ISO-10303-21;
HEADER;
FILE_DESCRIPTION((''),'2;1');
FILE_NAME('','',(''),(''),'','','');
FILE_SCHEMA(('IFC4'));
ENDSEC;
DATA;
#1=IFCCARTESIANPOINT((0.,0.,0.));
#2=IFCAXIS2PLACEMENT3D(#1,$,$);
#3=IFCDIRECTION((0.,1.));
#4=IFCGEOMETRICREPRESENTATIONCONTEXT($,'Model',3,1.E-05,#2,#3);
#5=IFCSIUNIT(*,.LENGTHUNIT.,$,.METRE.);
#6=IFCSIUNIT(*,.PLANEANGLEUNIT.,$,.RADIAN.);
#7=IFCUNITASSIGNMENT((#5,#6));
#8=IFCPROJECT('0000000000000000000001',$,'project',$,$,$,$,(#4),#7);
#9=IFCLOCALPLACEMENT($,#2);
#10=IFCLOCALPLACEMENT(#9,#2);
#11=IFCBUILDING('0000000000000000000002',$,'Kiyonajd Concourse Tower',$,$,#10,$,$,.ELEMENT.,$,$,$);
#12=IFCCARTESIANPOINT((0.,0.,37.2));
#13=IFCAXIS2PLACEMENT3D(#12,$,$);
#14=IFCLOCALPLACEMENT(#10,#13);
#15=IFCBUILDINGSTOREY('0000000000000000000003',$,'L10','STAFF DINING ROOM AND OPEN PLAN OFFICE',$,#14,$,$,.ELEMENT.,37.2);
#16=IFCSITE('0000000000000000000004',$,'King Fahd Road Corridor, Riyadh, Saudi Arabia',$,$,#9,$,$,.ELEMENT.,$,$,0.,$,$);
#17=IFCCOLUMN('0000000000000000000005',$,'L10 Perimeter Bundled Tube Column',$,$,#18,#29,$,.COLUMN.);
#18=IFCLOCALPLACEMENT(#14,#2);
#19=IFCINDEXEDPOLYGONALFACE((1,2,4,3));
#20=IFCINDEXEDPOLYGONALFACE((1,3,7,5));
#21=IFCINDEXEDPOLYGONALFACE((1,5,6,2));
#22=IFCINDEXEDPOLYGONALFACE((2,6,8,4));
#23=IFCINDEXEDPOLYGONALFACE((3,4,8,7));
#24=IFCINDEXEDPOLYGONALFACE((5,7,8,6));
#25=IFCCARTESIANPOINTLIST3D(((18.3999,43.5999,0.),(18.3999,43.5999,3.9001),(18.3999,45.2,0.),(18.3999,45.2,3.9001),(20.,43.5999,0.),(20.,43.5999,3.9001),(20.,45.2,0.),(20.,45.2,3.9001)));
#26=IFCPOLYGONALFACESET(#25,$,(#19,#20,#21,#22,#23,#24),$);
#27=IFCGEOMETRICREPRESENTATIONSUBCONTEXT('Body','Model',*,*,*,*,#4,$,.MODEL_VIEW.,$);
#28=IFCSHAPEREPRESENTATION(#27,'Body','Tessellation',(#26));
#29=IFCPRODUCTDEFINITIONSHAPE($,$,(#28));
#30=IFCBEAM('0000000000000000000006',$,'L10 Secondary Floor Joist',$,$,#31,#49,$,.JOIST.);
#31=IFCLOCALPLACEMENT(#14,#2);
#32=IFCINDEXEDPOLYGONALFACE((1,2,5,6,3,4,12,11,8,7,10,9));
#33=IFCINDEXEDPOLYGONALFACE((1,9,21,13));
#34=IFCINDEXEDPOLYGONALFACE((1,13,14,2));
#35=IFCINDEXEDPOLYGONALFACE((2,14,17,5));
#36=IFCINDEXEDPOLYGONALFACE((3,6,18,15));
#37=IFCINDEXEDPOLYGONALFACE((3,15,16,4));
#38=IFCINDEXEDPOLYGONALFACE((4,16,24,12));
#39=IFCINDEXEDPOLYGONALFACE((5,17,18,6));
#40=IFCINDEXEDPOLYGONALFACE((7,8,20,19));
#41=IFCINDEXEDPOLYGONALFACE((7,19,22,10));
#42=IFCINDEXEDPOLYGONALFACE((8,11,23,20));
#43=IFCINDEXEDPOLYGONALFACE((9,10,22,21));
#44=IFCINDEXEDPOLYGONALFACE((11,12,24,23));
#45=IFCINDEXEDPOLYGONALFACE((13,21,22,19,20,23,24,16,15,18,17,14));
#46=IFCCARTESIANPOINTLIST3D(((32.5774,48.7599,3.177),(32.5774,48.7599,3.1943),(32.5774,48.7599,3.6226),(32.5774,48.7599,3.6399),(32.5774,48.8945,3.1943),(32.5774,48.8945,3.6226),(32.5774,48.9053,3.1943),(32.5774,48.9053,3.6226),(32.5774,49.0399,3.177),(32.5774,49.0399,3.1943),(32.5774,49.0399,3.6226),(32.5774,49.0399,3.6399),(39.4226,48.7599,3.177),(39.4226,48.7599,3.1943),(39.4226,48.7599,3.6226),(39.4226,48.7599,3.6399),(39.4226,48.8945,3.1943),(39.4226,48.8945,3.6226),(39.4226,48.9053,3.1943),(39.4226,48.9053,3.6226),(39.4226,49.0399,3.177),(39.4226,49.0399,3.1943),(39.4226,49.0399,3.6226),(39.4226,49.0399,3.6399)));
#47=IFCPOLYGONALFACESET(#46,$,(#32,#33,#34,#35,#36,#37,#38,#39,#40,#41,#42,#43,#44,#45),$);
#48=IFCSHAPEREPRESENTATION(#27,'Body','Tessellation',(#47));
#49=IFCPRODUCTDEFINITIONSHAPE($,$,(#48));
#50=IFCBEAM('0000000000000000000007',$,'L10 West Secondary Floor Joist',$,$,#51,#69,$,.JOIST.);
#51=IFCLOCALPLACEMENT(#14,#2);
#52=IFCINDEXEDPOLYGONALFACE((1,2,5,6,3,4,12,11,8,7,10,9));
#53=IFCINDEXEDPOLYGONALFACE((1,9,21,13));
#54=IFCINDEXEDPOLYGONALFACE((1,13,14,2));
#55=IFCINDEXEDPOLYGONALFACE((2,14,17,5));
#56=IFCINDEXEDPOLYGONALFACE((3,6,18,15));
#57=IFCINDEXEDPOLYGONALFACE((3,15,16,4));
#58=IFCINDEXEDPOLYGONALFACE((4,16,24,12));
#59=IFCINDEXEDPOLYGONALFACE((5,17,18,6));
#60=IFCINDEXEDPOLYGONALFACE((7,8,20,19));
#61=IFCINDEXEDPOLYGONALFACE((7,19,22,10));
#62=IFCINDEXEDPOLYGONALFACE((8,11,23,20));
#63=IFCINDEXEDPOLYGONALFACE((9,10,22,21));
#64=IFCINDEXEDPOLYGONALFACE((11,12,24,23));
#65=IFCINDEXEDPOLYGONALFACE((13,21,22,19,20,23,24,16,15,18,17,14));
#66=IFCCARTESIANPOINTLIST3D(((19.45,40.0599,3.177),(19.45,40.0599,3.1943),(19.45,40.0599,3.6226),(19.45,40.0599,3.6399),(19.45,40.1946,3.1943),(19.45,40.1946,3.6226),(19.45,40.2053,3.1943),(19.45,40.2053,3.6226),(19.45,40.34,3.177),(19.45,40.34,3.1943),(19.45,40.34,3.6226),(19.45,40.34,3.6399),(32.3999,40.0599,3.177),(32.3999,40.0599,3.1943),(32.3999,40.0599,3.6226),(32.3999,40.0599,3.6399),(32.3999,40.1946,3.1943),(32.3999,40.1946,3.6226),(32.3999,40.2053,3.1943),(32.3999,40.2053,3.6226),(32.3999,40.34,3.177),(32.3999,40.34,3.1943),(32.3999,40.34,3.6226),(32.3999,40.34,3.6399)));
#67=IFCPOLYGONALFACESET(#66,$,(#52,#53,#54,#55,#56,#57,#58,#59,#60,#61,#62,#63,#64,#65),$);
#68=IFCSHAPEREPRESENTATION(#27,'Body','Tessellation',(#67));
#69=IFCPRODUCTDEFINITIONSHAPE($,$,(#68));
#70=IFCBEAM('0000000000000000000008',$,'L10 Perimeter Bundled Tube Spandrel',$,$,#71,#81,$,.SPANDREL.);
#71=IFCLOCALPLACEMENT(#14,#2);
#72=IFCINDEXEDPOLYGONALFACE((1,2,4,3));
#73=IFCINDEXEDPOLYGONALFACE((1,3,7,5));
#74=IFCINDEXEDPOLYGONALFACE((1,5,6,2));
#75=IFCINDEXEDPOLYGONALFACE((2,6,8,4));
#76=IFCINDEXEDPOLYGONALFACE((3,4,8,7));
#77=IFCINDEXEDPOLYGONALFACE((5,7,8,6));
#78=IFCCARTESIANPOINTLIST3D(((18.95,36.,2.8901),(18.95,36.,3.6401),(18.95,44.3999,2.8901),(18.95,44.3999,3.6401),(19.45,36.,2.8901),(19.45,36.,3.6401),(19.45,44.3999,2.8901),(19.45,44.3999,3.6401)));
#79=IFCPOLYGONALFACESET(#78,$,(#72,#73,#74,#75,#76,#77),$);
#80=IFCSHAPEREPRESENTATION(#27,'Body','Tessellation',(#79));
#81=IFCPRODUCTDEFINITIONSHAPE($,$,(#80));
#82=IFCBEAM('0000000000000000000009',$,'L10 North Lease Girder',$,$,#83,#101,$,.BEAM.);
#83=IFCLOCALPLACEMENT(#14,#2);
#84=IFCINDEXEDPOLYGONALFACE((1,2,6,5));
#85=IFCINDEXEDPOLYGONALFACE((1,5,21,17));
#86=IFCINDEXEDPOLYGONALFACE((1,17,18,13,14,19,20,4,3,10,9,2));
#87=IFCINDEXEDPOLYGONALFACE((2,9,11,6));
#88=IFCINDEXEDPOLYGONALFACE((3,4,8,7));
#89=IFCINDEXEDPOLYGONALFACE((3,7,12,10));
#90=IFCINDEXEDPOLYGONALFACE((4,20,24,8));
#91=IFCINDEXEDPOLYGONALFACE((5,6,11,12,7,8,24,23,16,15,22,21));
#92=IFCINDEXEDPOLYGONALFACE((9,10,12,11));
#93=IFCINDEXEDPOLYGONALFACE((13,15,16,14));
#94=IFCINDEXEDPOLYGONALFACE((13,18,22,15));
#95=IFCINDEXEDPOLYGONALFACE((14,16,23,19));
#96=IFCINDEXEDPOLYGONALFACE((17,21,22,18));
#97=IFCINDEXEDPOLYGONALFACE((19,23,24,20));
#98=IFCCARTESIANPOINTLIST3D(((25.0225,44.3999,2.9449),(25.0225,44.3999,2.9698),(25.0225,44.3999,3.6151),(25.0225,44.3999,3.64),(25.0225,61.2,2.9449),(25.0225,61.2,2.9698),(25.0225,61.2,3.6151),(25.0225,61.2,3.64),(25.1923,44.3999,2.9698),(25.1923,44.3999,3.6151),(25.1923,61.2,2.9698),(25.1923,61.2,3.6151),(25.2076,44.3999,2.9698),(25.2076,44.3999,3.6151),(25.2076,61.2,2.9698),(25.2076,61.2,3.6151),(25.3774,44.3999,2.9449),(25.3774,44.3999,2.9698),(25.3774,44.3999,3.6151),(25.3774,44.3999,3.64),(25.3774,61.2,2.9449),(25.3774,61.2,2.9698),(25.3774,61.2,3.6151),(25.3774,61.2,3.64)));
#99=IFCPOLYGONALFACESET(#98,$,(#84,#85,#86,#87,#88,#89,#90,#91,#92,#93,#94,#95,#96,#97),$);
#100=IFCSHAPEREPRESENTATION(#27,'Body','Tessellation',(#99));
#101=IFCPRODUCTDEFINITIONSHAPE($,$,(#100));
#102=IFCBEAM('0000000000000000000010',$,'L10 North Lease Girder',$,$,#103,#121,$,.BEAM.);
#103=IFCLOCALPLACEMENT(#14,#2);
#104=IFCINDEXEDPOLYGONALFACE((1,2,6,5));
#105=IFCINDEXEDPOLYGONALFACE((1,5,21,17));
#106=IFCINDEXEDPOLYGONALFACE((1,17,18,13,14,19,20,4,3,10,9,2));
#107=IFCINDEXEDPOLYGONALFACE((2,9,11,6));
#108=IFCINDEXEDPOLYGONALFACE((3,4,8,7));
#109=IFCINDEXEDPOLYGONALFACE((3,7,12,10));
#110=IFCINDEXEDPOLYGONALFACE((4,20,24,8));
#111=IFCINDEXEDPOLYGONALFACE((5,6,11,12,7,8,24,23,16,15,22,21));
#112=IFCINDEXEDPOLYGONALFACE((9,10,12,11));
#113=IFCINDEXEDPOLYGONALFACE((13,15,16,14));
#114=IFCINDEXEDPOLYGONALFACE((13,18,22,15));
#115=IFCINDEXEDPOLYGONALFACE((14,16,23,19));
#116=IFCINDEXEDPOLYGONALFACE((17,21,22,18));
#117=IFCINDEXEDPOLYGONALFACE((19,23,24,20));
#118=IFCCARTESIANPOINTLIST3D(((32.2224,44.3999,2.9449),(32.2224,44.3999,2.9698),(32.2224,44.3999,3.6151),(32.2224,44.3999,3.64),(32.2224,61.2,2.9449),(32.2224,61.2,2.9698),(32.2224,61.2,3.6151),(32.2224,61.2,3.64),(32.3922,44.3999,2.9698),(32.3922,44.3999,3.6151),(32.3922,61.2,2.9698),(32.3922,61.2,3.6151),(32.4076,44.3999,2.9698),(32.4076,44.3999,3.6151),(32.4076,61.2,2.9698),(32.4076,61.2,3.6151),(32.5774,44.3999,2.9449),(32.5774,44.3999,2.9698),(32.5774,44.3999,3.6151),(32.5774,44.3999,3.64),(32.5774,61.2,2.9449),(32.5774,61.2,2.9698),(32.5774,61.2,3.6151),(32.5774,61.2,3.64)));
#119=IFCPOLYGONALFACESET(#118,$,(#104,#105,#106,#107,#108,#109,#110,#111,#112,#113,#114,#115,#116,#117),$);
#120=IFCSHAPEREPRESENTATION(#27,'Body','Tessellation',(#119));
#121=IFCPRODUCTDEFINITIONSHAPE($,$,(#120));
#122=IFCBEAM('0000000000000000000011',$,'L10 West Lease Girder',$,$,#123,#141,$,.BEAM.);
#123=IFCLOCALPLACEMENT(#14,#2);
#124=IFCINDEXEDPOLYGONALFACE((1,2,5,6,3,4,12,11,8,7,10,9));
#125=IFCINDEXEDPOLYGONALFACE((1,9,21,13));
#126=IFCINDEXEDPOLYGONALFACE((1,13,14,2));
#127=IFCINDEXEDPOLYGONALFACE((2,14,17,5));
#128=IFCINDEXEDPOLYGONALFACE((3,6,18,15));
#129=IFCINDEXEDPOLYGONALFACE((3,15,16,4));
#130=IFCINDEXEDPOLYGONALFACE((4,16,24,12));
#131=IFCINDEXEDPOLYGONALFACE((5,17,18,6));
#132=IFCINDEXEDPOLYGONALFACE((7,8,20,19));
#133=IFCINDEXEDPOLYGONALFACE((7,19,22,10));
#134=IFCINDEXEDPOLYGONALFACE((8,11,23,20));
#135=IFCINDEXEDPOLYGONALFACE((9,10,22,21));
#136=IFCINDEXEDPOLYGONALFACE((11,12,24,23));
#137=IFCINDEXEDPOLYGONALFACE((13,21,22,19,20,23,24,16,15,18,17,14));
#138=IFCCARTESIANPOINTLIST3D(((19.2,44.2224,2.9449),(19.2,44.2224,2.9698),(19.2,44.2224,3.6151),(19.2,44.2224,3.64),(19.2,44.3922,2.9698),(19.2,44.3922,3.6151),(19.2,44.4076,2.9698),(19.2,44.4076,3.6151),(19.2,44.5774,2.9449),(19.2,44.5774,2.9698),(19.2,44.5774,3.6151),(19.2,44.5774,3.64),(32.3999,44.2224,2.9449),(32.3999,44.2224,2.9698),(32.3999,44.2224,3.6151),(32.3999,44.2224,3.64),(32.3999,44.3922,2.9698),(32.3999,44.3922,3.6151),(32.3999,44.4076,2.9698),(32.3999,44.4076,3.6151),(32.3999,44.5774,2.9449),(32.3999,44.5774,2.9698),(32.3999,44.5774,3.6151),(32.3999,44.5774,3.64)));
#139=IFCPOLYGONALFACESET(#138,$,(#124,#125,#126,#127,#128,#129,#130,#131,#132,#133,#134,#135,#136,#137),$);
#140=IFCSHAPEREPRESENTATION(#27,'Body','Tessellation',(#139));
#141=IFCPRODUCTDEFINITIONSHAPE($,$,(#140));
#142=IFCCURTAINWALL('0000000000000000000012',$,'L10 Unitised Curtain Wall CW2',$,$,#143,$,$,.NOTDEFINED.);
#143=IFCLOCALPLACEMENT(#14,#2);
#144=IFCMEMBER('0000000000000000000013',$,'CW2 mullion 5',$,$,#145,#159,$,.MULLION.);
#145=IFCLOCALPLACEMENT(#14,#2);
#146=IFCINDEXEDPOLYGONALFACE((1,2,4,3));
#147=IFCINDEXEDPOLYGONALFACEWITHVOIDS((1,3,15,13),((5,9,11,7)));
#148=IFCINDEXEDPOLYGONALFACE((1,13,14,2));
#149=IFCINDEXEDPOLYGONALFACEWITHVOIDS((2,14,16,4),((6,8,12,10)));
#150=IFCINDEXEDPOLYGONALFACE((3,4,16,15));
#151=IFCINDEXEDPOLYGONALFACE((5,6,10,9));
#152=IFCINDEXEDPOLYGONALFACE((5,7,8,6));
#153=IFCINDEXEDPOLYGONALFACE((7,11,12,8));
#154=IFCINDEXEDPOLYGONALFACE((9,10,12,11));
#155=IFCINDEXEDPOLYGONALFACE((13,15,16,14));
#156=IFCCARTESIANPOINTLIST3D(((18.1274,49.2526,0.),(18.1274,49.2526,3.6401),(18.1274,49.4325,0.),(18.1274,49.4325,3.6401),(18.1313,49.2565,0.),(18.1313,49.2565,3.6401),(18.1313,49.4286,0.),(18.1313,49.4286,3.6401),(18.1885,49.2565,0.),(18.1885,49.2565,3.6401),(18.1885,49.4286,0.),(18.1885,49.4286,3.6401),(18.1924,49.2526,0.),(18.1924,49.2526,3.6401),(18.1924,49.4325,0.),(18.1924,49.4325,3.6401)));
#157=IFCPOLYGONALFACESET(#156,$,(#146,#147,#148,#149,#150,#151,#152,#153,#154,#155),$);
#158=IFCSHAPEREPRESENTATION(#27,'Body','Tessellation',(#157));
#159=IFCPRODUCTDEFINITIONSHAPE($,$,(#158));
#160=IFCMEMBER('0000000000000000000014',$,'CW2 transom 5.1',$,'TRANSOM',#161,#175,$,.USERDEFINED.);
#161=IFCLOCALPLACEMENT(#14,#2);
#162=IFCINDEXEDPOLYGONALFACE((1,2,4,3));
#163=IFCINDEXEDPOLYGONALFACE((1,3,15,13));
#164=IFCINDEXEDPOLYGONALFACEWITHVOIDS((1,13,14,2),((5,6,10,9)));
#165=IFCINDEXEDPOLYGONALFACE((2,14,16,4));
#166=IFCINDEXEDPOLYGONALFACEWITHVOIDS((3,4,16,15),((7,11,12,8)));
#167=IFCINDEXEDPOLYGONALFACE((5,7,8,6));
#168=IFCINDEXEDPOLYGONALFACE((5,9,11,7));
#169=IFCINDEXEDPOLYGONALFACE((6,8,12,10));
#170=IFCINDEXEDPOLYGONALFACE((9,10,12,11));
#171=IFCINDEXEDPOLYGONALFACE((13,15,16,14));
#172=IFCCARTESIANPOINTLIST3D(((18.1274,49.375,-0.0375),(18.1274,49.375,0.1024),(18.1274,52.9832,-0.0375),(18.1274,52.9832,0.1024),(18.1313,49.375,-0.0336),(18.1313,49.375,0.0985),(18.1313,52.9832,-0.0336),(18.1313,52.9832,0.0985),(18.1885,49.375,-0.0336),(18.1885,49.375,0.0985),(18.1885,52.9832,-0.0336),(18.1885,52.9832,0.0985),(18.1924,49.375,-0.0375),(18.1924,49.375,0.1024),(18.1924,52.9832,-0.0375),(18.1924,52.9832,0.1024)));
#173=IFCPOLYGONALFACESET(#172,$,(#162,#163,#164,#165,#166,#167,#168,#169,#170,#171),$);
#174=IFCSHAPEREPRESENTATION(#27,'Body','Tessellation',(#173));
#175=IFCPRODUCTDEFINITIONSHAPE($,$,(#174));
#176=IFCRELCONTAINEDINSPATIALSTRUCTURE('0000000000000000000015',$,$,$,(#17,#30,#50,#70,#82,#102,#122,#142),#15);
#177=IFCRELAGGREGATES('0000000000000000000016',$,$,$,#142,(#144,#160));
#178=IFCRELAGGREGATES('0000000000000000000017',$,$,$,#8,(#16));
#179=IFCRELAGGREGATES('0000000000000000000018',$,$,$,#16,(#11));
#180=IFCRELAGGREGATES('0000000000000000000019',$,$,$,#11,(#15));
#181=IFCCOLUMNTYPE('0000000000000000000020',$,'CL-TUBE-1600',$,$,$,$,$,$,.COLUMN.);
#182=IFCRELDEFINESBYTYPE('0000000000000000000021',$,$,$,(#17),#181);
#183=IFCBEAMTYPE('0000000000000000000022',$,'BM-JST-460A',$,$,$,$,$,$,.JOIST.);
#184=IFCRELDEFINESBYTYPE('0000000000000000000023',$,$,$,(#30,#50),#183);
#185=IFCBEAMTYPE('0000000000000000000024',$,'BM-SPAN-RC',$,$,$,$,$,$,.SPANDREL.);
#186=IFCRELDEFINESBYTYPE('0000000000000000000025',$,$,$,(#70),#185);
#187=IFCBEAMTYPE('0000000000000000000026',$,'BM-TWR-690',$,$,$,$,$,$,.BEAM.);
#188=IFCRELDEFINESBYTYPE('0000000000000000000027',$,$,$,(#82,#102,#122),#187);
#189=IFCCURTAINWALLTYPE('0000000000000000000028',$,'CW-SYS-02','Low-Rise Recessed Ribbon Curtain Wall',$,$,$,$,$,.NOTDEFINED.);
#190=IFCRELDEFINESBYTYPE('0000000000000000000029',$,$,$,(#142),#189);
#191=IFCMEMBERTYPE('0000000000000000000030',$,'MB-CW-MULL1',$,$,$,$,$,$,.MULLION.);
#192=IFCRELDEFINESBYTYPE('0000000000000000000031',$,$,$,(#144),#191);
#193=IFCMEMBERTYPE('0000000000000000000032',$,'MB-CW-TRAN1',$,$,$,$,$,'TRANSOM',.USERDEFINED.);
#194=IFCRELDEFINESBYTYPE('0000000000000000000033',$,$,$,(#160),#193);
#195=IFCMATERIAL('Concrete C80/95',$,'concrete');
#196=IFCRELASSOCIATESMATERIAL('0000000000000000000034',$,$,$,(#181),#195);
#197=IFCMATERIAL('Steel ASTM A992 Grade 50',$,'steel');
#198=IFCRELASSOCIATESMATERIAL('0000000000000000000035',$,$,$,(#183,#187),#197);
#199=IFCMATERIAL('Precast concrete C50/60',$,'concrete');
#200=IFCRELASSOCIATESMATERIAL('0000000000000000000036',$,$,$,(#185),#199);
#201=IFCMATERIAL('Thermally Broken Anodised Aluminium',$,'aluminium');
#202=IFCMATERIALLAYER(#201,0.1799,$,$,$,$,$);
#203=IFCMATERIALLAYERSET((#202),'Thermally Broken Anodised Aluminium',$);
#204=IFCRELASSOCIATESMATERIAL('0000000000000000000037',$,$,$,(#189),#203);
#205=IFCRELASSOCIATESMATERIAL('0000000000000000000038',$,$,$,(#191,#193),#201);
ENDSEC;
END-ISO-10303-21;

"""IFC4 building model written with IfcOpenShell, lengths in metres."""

from ifc_helpers import new_model, si_unit, direction, frame, origin, origin_2d, place, context, subcontext, project, spatial, rectangle, hollow_rectangle, i_section, extrude, material, layer, layer_set, material_profile, profile_set, type_object, element, aggregate, save


model = new_model("IFC4")

# Units and contexts
model_context = context("Model", 3, precision=1e-05, world=origin(), true_north=direction((0.0, 1.0)))
body_context = subcontext(model_context, "Body", "Model", "MODEL_VIEW")
ifc_project = project(units=[si_unit("LENGTHUNIT", "METRE"), si_unit("PLANEANGLEUNIT", "RADIAN")], contexts=[model_context])

# Site, building, storey
site_placement = place(None, origin())
site = spatial("IfcSite", under=ifc_project, at=site_placement, Name="King Fahd Road Corridor, Riyadh, Saudi Arabia", CompositionType="ELEMENT", RefElevation=0.0)
building_placement = place(site_placement, origin())
building = spatial("IfcBuilding", under=site, at=building_placement, Name="Kiyonajd Concourse Tower", CompositionType="ELEMENT")
storey_placement = place(building_placement, frame((0.0, 0.0, 37.2)))
storey = spatial("IfcBuildingStorey", under=building, at=storey_placement, Name="L10", Description="STAFF DINING ROOM AND OPEN PLAN OFFICE", CompositionType="ELEMENT", Elevation=37.2)

# Column
ifc_material_1 = material(Name="Concrete C80/95", Category="concrete")
ifc_material_profile_1 = material_profile(ifc_material_1, rectangle(XDim=1.6001, YDim=1.6001, at=origin_2d()), Name="RC-1600x1600")
ifc_profile_set_1 = profile_set([ifc_material_profile_1], Name="Concrete C80/95")
column_type = type_object("IfcColumnType", Name="CL-TUBE-1600", PredefinedType="COLUMN", material=ifc_profile_set_1)
column_placement = place(storey_placement, frame((19.2, 44.3999, 0.0), z_axis=(0.0, 0.0, 1.0), x_axis=(1.0, 0.0, 0.0)))
element("IfcColumn", 1, at=column_placement, inside=storey, type_object=column_type, Name="L10 Perimeter Bundled Tube Column", PredefinedType="COLUMN", context=body_context, shape_type="SweptSolid", body=[
    extrude(rectangle(XDim=1.6001, YDim=1.6001, at=origin_2d()), origin(), (0.0, 0.0, 1.0), 3.9001),
])

# Beams
ifc_material_2 = material(Name="Steel ASTM A992 Grade 50", Category="steel")
ifc_material_profile_2 = material_profile(ifc_material_2, i_section(OverallWidth=0.28, OverallDepth=0.4629, WebThickness=0.0107, FlangeThickness=0.0173, at=origin_2d()), Name="W460X113")
ifc_profile_set_2 = profile_set([ifc_material_profile_2], Name="Steel ASTM A992 Grade 50")
beam_type_1 = type_object("IfcBeamType", Name="BM-JST-460A", PredefinedType="JOIST", material=ifc_profile_set_2)
beam_1_placement = place(storey_placement, frame((32.5774, 48.8999, 3.4084), z_axis=(1.0, 0.0, 0.0), x_axis=(0.0, 1.0, 0.0)))
element("IfcBeam", 2, at=beam_1_placement, inside=storey, type_object=beam_type_1, Name="L10 Secondary Floor Joist", PredefinedType="JOIST", context=body_context, shape_type="SweptSolid", body=[
    extrude(i_section(OverallWidth=0.28, OverallDepth=0.4629, WebThickness=0.0107, FlangeThickness=0.0173, at=origin_2d()), origin(), (0.0, 0.0, 1.0), 6.8452),
])
beam_2_placement = place(storey_placement, frame((19.45, 40.2, 3.4084), z_axis=(1.0, 0.0, 0.0), x_axis=(0.0, 1.0, 0.0)))
element("IfcBeam", 3, at=beam_2_placement, inside=storey, type_object=beam_type_1, Name="L10 West Secondary Floor Joist", PredefinedType="JOIST", context=body_context, shape_type="SweptSolid", body=[
    extrude(i_section(OverallWidth=0.28, OverallDepth=0.4629, WebThickness=0.0107, FlangeThickness=0.0173, at=origin_2d()), origin(), (0.0, 0.0, 1.0), 12.95),
])
ifc_material_3 = material(Name="Precast concrete C50/60", Category="concrete")
ifc_material_profile_3 = material_profile(ifc_material_3, rectangle(XDim=0.5, YDim=0.75, at=origin_2d()), Name="RCBM-500x750")
ifc_profile_set_3 = profile_set([ifc_material_profile_3], Name="Precast concrete C50/60")
beam_type_2 = type_object("IfcBeamType", Name="BM-SPAN-RC", PredefinedType="SPANDREL", material=ifc_profile_set_3)
beam_3_placement = place(storey_placement, frame((19.2, 44.3999, 3.2651), z_axis=(0.0, -1.0, 0.0), x_axis=(1.0, 0.0, 0.0)))
element("IfcBeam", 4, at=beam_3_placement, inside=storey, type_object=beam_type_2, Name="L10 Perimeter Bundled Tube Spandrel", PredefinedType="SPANDREL", context=body_context, shape_type="SweptSolid", body=[
    extrude(rectangle(XDim=0.5, YDim=0.75, at=origin_2d()), origin(), (0.0, 0.0, 1.0), 8.3999),
])
ifc_material_profile_4 = material_profile(ifc_material_2, i_section(OverallWidth=0.355, OverallDepth=0.6951, WebThickness=0.0154, FlangeThickness=0.0249, at=origin_2d()), Name="W690X217")
ifc_profile_set_4 = profile_set([ifc_material_profile_4], Name="Steel ASTM A992 Grade 50")
beam_type_3 = type_object("IfcBeamType", Name="BM-TWR-690", PredefinedType="BEAM", material=ifc_profile_set_4)
for number, where, z_axis, x_axis, name in (
    (5, (25.2, 44.3999, 3.2925), (0.0, 1.0, 0.0), (-1.0, 0.0, 0.0), "L10 North Lease Girder"),
    (6, (32.3999, 44.3999, 3.2925), (0.0, 1.0, 0.0), (-1.0, 0.0, 0.0), "L10 North Lease Girder"),
):
    element("IfcBeam", number, at=place(storey_placement, frame(where, z_axis=z_axis, x_axis=x_axis)), inside=storey, type_object=beam_type_3, Name=name, PredefinedType="BEAM", context=body_context, shape_type="SweptSolid", body=[
        extrude(i_section(OverallWidth=0.355, OverallDepth=0.6951, WebThickness=0.0154, FlangeThickness=0.0249, at=origin_2d()), origin(), (0.0, 0.0, 1.0), 16.8),
    ])
beam_4_placement = place(storey_placement, frame((19.2, 44.3999, 3.2925), z_axis=(1.0, 0.0, 0.0), x_axis=(0.0, 1.0, 0.0)))
element("IfcBeam", 7, at=beam_4_placement, inside=storey, type_object=beam_type_3, Name="L10 West Lease Girder", PredefinedType="BEAM", context=body_context, shape_type="SweptSolid", body=[
    extrude(i_section(OverallWidth=0.355, OverallDepth=0.6951, WebThickness=0.0154, FlangeThickness=0.0249, at=origin_2d()), origin(), (0.0, 0.0, 1.0), 13.2),
])

# Curtain wall, members
ifc_material_4 = material(Name="Thermally Broken Anodised Aluminium", Category="aluminium")
ifc_layer_1 = layer(ifc_material_4, 0.1799)
ifc_layer_set_1 = layer_set([ifc_layer_1], Name="Thermally Broken Anodised Aluminium")
curtain_wall_type = type_object("IfcCurtainWallType", Name="CW-SYS-02", Description="Low-Rise Recessed Ribbon Curtain Wall", PredefinedType="NOTDEFINED", material=ifc_layer_set_1)
curtain_wall_placement = place(storey_placement, origin())
curtain_wall = element("IfcCurtainWall", 8, at=curtain_wall_placement, inside=storey, type_object=curtain_wall_type, Name="L10 Unitised Curtain Wall CW2", PredefinedType="NOTDEFINED")
ifc_material_profile_5 = material_profile(ifc_material_4, hollow_rectangle(XDim=0.0649, YDim=0.1799, WallThickness=0.0039, at=origin_2d()), Name="MULL-65x180")
ifc_profile_set_5 = profile_set([ifc_material_profile_5], Name="Thermally Broken Anodised Aluminium")
member_type_1 = type_object("IfcMemberType", Name="MB-CW-MULL1", PredefinedType="MULLION", material=ifc_profile_set_5)
member_1_placement = place(storey_placement, frame((18.1599, 49.3425, 0.0), z_axis=(0.0, 0.0, 1.0), x_axis=(-1.0, 0.0, 0.0)))
member_1 = element("IfcMember", 9, at=member_1_placement, type_object=member_type_1, Name="CW2 mullion 5", PredefinedType="MULLION", context=body_context, shape_type="SweptSolid", body=[
    extrude(hollow_rectangle(XDim=0.0649, YDim=0.1799, WallThickness=0.0039, at=origin_2d()), origin(), (0.0, 0.0, 1.0), 3.6401),
])
ifc_material_profile_6 = material_profile(ifc_material_4, hollow_rectangle(XDim=0.0649, YDim=0.1399, WallThickness=0.0039, at=origin_2d()), Name="TRAN-65x140")
ifc_profile_set_6 = profile_set([ifc_material_profile_6], Name="Thermally Broken Anodised Aluminium")
member_type_2 = type_object("IfcMemberType", Name="MB-CW-TRAN1", ElementType="TRANSOM", PredefinedType="USERDEFINED", material=ifc_profile_set_6)
member_2_placement = place(storey_placement, frame((18.1599, 49.375, 0.0325), z_axis=(0.0, 1.0, 0.0), x_axis=(-1.0, 0.0, 0.0)))
member_2 = element("IfcMember", 10, at=member_2_placement, type_object=member_type_2, Name="CW2 transom 5.1", ObjectType="TRANSOM", PredefinedType="USERDEFINED", context=body_context, shape_type="SweptSolid", body=[
    extrude(hollow_rectangle(XDim=0.0649, YDim=0.1399, WallThickness=0.0039, at=origin_2d()), origin(), (0.0, 0.0, 1.0), 3.6082),
])
aggregate(curtain_wall, [member_1, member_2])

save(model, "model.ifc")
